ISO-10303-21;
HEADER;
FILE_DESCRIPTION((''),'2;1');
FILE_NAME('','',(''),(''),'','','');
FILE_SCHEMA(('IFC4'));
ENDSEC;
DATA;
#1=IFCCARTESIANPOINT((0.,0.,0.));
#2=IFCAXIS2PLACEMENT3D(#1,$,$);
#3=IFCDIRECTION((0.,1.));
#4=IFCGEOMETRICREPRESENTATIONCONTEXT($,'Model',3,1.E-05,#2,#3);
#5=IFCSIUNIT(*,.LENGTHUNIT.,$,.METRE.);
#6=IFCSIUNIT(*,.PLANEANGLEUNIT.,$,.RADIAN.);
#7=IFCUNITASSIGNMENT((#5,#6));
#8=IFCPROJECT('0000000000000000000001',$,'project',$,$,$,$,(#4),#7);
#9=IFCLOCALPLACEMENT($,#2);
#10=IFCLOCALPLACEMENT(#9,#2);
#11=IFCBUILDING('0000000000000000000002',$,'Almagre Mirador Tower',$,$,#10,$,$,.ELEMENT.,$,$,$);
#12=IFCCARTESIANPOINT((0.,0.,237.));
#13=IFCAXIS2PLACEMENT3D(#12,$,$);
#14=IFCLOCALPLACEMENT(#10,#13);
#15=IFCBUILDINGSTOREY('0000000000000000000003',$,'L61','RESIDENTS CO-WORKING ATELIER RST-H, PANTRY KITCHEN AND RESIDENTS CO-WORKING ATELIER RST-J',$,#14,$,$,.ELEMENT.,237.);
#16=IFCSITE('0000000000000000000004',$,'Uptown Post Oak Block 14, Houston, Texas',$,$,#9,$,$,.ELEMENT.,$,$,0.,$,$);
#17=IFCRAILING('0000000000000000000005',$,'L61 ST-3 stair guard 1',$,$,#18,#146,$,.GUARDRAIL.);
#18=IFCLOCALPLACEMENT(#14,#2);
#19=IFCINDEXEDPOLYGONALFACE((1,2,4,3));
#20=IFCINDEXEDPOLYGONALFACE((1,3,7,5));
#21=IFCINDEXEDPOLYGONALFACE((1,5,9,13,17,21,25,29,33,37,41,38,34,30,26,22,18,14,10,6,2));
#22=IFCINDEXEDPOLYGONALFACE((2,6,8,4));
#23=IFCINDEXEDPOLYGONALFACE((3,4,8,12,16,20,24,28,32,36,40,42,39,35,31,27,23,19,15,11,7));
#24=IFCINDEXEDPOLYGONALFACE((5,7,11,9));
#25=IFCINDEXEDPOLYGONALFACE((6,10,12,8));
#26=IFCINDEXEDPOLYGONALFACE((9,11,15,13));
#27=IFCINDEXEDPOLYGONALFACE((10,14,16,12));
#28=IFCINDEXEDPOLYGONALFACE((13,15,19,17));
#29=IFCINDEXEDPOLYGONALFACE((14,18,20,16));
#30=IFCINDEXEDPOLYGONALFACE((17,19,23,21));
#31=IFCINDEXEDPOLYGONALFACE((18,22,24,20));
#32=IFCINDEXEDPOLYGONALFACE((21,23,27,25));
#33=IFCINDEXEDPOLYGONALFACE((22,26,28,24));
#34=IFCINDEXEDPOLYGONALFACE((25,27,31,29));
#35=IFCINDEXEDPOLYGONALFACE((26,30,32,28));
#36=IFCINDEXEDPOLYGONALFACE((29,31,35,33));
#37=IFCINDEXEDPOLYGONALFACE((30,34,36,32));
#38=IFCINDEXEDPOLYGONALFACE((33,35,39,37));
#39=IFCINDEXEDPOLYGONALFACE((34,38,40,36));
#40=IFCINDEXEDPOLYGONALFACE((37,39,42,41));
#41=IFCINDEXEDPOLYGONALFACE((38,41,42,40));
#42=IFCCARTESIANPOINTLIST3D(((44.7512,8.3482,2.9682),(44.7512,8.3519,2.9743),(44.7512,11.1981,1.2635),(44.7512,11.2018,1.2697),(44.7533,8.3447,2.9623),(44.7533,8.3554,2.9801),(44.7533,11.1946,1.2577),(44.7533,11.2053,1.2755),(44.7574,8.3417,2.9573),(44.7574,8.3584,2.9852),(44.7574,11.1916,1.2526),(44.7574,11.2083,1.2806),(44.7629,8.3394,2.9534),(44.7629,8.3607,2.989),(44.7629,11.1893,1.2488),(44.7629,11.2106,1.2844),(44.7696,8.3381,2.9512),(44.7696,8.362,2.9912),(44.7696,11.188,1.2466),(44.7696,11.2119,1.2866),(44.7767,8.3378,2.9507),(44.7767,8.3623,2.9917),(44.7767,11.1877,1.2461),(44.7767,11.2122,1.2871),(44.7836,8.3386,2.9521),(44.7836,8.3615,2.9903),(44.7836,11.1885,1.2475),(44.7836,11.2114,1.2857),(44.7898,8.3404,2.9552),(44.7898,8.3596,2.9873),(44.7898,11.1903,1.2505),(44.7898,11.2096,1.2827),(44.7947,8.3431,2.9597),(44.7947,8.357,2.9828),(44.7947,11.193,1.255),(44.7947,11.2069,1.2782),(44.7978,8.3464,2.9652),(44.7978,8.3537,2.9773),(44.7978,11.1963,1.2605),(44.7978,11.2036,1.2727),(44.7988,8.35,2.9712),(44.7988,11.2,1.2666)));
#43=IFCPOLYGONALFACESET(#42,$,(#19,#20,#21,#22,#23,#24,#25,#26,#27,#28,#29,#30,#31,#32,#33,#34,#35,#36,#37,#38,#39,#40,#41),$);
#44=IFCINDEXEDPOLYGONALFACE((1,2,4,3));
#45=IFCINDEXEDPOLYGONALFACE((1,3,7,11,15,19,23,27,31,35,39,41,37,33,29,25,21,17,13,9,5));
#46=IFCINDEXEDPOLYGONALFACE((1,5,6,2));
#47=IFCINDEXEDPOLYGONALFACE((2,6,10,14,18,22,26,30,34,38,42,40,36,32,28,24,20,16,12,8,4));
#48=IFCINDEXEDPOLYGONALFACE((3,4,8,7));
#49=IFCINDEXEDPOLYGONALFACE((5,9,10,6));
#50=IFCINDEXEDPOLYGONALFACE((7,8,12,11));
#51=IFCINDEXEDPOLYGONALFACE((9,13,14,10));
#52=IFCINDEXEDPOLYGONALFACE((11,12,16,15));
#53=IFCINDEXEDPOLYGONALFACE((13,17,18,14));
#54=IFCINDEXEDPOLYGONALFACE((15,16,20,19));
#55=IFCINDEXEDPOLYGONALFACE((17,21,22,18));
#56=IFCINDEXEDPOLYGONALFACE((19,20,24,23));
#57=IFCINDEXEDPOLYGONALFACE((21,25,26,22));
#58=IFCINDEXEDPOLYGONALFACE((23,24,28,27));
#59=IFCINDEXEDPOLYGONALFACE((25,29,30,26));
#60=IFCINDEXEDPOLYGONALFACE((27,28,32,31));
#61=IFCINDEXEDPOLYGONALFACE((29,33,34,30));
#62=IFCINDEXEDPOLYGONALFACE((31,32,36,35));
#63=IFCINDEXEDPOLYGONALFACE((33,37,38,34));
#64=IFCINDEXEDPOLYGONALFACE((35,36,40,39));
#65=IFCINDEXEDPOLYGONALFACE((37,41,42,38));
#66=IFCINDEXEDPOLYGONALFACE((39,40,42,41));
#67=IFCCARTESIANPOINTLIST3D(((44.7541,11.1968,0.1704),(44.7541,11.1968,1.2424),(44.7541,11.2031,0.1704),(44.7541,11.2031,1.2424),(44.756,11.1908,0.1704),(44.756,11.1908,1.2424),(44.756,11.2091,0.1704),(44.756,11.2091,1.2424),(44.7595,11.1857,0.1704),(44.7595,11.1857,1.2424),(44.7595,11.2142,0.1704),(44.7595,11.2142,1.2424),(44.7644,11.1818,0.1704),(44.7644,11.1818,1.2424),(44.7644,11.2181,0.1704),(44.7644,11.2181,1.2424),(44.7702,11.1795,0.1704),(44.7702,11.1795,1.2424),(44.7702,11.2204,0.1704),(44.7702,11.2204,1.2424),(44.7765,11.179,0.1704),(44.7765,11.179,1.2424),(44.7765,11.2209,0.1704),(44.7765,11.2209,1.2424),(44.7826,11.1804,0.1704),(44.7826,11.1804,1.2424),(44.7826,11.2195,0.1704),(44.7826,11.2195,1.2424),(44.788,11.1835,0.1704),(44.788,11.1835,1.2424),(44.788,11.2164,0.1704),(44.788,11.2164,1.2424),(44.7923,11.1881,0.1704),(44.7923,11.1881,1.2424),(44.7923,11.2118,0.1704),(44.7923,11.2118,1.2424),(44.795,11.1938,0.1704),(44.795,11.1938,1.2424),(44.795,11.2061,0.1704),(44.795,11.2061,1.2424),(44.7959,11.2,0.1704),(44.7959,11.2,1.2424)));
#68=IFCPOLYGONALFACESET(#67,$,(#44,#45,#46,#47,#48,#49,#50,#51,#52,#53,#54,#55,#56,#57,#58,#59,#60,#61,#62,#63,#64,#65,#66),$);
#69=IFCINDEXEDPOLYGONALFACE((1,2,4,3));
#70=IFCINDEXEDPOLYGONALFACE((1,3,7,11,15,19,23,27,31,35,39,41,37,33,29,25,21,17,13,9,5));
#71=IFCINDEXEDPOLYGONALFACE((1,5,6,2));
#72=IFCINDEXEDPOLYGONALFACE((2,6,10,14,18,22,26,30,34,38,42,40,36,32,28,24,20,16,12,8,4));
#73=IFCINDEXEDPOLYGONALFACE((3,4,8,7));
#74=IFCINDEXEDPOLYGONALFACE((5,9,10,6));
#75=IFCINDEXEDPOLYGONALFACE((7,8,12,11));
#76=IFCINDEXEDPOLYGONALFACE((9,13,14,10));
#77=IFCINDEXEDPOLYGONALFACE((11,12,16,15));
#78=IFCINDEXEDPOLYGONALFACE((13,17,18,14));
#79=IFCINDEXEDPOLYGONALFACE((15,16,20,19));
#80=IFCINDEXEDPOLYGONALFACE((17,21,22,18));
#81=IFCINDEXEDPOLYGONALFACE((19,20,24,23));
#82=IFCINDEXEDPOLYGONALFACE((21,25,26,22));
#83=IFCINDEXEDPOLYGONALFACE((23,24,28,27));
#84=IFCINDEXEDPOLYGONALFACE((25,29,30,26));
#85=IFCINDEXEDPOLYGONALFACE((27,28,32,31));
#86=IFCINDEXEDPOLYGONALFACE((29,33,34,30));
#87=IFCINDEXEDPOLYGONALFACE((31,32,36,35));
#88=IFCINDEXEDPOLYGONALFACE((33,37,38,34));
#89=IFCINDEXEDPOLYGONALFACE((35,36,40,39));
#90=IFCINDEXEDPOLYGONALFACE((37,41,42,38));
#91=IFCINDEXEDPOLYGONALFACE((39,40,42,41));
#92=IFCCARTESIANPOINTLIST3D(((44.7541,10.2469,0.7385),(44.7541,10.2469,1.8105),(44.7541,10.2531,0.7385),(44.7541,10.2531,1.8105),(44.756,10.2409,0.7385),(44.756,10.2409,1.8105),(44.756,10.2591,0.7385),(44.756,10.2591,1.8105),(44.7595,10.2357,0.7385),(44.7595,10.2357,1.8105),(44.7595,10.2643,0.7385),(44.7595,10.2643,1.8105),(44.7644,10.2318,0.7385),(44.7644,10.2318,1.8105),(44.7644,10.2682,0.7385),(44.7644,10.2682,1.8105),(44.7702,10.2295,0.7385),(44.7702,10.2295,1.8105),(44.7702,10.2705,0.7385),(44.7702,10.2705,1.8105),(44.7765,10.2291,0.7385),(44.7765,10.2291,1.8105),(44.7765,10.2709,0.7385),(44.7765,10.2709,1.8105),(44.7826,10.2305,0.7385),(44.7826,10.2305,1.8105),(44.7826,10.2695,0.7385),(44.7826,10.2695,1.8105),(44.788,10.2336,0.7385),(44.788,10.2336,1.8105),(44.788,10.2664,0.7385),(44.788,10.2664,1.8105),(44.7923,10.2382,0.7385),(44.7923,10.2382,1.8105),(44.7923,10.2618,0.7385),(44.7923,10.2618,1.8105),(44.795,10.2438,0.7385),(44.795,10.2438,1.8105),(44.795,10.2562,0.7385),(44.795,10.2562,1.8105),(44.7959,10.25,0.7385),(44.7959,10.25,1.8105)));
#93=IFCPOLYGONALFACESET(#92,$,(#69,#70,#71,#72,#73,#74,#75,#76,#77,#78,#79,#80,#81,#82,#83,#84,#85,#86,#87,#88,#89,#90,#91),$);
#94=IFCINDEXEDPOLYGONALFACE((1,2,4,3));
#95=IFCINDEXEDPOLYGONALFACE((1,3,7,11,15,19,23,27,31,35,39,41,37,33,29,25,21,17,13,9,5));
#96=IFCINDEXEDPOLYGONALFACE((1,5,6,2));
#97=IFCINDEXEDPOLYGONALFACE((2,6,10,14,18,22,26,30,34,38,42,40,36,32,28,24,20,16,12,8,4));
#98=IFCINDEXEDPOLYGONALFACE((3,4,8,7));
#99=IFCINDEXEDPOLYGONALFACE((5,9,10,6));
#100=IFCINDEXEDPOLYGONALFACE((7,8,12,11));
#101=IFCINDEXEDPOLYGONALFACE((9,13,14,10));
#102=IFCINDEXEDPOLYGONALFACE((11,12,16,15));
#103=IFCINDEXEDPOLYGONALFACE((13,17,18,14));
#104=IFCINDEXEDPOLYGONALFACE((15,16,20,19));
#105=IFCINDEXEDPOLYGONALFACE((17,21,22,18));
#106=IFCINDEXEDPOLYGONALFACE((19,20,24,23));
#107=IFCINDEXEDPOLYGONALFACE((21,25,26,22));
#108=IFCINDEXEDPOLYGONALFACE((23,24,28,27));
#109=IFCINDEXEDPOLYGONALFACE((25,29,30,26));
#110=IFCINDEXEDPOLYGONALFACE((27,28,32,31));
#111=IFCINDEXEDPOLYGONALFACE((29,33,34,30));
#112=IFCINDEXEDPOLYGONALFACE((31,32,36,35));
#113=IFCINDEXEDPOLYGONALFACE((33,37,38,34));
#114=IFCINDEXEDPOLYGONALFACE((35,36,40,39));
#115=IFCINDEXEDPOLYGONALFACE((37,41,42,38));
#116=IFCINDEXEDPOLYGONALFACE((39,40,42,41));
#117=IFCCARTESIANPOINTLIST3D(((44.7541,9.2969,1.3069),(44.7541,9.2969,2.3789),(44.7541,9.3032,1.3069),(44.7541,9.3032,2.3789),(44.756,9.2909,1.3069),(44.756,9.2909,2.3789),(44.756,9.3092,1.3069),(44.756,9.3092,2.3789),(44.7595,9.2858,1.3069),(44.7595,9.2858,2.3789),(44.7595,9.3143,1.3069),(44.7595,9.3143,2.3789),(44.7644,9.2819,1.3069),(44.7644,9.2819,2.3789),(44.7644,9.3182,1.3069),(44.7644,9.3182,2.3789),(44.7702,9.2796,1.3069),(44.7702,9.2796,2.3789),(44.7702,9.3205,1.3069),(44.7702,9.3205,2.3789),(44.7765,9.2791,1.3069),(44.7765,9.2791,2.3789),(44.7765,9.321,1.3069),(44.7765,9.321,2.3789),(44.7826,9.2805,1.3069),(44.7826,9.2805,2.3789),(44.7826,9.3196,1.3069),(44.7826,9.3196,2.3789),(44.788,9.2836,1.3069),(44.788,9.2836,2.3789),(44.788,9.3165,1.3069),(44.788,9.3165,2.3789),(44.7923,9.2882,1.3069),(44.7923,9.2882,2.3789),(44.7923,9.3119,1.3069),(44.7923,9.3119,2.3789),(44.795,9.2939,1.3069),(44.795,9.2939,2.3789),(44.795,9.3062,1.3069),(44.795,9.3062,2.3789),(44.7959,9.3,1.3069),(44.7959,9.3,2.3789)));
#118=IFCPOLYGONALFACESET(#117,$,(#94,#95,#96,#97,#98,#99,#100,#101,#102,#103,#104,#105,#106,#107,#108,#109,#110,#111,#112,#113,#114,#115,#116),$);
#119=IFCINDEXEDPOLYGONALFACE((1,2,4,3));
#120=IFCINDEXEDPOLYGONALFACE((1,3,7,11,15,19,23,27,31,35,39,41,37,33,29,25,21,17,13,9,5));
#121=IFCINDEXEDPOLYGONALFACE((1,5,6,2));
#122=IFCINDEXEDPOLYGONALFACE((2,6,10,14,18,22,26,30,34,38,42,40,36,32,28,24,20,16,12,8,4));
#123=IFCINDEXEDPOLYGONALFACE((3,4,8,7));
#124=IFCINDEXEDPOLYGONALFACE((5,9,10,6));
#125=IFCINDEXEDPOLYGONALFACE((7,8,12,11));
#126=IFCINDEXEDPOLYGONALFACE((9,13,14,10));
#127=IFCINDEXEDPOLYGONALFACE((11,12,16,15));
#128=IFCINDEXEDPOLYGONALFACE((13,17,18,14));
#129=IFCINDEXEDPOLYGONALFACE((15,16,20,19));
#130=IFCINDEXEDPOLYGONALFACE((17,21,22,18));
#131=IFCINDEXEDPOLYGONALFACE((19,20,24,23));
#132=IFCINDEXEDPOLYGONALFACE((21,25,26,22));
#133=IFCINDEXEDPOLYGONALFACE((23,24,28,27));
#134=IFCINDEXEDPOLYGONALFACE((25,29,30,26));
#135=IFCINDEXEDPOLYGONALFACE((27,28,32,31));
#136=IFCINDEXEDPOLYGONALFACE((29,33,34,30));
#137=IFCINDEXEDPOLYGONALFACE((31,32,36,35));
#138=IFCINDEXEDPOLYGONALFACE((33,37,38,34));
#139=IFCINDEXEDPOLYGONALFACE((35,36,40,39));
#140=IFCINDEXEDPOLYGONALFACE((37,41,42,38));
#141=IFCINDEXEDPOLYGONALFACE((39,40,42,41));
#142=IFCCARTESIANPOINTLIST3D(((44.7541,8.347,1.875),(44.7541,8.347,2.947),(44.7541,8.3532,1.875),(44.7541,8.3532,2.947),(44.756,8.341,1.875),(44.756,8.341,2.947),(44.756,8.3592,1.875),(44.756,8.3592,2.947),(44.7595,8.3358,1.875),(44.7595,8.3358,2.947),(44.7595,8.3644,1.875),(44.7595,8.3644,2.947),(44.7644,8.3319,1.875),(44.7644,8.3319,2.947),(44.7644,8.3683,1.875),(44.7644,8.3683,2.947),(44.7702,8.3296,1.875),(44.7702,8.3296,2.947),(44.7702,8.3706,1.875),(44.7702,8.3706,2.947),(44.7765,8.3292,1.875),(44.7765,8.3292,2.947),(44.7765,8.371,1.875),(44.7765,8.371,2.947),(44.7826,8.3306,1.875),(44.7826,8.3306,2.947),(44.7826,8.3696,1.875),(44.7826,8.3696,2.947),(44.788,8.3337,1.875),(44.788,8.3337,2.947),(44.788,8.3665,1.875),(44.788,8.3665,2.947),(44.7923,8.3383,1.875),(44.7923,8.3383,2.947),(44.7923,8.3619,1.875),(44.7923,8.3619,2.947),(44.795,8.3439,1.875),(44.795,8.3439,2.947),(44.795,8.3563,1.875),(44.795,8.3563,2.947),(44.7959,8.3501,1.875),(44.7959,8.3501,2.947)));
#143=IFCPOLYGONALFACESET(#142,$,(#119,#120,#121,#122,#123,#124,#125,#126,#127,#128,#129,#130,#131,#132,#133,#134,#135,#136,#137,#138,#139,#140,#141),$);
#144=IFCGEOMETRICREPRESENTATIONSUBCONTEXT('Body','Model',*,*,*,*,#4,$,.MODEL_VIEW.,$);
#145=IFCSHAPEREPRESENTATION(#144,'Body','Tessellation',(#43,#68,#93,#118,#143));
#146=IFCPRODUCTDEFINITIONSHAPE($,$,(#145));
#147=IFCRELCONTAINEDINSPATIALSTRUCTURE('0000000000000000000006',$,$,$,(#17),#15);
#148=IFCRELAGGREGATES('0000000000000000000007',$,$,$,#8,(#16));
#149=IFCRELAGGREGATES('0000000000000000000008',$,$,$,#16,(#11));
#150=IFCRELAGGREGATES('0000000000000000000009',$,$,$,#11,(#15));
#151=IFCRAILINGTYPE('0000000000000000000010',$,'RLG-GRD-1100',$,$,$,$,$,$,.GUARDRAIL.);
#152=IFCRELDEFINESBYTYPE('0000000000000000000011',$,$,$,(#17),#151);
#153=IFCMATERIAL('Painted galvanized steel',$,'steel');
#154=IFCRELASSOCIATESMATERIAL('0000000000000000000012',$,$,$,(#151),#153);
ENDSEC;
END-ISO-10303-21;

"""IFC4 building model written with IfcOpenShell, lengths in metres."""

from ifc_helpers import new_model, si_unit, direction, frame, origin, origin_2d, place, context, subcontext, project, spatial, circle, extrude, material, type_object, element, save


model = new_model("IFC4")

# Units and contexts
model_context = context("Model", 3, precision=1e-05, world=origin(), true_north=direction((0.0, 1.0)))
body_context = subcontext(model_context, "Body", "Model", "MODEL_VIEW")
ifc_project = project(units=[si_unit("LENGTHUNIT", "METRE"), si_unit("PLANEANGLEUNIT", "RADIAN")], contexts=[model_context])

# Site, building, storey
site_placement = place(None, origin())
site = spatial("IfcSite", under=ifc_project, at=site_placement, Name="Uptown Post Oak Block 14, Houston, Texas", CompositionType="ELEMENT", RefElevation=0.0)
building_placement = place(site_placement, origin())
building = spatial("IfcBuilding", under=site, at=building_placement, Name="Almagre Mirador Tower", CompositionType="ELEMENT")
storey_placement = place(building_placement, frame((0.0, 0.0, 237.0)))
storey = spatial("IfcBuildingStorey", under=building, at=storey_placement, Name="L61", Description="RESIDENTS CO-WORKING ATELIER RST-H, PANTRY KITCHEN AND RESIDENTS CO-WORKING ATELIER RST-J", CompositionType="ELEMENT", Elevation=237.0)

# Railing
ifc_material_1 = material(Name="Painted galvanized steel", Category="steel")
railing_type_1 = type_object("IfcRailingType", Name="RLG-GRD-1100", PredefinedType="GUARDRAIL", material=ifc_material_1)
railing_1_placement = place(storey_placement, frame((44.7749, 11.2, 0.1704)))
element("IfcRailing", 1, at=railing_1_placement, inside=storey, type_object=railing_type_1, Name="L61 ST-3 stair guard 1", PredefinedType="GUARDRAIL", context=body_context, shape_type="SweptSolid", body=[
    extrude(circle(Radius=0.0239, at=origin_2d()), frame((0.0, 0.0, 1.0962), z_axis=(0.0, -0.858199, 0.513317), x_axis=(1.0, 0.0, 0.0)), (0.0, 0.0, 1.0), 3.3208),
    extrude(circle(Radius=0.021, at=origin_2d()), origin(), (0.0, 0.0, 1.0), 1.072),
    extrude(circle(Radius=0.021, at=origin_2d()), frame((0.0, -0.95, 0.5681)), (0.0, 0.0, 1.0), 1.072),
    extrude(circle(Radius=0.021, at=origin_2d()), frame((0.0, -1.8999, 1.1365)), (0.0, 0.0, 1.0), 1.072),
    extrude(circle(Radius=0.021, at=origin_2d()), frame((0.0, -2.8499, 1.7046)), (0.0, 0.0, 1.0), 1.072),
])

save(model, "model.ifc")
